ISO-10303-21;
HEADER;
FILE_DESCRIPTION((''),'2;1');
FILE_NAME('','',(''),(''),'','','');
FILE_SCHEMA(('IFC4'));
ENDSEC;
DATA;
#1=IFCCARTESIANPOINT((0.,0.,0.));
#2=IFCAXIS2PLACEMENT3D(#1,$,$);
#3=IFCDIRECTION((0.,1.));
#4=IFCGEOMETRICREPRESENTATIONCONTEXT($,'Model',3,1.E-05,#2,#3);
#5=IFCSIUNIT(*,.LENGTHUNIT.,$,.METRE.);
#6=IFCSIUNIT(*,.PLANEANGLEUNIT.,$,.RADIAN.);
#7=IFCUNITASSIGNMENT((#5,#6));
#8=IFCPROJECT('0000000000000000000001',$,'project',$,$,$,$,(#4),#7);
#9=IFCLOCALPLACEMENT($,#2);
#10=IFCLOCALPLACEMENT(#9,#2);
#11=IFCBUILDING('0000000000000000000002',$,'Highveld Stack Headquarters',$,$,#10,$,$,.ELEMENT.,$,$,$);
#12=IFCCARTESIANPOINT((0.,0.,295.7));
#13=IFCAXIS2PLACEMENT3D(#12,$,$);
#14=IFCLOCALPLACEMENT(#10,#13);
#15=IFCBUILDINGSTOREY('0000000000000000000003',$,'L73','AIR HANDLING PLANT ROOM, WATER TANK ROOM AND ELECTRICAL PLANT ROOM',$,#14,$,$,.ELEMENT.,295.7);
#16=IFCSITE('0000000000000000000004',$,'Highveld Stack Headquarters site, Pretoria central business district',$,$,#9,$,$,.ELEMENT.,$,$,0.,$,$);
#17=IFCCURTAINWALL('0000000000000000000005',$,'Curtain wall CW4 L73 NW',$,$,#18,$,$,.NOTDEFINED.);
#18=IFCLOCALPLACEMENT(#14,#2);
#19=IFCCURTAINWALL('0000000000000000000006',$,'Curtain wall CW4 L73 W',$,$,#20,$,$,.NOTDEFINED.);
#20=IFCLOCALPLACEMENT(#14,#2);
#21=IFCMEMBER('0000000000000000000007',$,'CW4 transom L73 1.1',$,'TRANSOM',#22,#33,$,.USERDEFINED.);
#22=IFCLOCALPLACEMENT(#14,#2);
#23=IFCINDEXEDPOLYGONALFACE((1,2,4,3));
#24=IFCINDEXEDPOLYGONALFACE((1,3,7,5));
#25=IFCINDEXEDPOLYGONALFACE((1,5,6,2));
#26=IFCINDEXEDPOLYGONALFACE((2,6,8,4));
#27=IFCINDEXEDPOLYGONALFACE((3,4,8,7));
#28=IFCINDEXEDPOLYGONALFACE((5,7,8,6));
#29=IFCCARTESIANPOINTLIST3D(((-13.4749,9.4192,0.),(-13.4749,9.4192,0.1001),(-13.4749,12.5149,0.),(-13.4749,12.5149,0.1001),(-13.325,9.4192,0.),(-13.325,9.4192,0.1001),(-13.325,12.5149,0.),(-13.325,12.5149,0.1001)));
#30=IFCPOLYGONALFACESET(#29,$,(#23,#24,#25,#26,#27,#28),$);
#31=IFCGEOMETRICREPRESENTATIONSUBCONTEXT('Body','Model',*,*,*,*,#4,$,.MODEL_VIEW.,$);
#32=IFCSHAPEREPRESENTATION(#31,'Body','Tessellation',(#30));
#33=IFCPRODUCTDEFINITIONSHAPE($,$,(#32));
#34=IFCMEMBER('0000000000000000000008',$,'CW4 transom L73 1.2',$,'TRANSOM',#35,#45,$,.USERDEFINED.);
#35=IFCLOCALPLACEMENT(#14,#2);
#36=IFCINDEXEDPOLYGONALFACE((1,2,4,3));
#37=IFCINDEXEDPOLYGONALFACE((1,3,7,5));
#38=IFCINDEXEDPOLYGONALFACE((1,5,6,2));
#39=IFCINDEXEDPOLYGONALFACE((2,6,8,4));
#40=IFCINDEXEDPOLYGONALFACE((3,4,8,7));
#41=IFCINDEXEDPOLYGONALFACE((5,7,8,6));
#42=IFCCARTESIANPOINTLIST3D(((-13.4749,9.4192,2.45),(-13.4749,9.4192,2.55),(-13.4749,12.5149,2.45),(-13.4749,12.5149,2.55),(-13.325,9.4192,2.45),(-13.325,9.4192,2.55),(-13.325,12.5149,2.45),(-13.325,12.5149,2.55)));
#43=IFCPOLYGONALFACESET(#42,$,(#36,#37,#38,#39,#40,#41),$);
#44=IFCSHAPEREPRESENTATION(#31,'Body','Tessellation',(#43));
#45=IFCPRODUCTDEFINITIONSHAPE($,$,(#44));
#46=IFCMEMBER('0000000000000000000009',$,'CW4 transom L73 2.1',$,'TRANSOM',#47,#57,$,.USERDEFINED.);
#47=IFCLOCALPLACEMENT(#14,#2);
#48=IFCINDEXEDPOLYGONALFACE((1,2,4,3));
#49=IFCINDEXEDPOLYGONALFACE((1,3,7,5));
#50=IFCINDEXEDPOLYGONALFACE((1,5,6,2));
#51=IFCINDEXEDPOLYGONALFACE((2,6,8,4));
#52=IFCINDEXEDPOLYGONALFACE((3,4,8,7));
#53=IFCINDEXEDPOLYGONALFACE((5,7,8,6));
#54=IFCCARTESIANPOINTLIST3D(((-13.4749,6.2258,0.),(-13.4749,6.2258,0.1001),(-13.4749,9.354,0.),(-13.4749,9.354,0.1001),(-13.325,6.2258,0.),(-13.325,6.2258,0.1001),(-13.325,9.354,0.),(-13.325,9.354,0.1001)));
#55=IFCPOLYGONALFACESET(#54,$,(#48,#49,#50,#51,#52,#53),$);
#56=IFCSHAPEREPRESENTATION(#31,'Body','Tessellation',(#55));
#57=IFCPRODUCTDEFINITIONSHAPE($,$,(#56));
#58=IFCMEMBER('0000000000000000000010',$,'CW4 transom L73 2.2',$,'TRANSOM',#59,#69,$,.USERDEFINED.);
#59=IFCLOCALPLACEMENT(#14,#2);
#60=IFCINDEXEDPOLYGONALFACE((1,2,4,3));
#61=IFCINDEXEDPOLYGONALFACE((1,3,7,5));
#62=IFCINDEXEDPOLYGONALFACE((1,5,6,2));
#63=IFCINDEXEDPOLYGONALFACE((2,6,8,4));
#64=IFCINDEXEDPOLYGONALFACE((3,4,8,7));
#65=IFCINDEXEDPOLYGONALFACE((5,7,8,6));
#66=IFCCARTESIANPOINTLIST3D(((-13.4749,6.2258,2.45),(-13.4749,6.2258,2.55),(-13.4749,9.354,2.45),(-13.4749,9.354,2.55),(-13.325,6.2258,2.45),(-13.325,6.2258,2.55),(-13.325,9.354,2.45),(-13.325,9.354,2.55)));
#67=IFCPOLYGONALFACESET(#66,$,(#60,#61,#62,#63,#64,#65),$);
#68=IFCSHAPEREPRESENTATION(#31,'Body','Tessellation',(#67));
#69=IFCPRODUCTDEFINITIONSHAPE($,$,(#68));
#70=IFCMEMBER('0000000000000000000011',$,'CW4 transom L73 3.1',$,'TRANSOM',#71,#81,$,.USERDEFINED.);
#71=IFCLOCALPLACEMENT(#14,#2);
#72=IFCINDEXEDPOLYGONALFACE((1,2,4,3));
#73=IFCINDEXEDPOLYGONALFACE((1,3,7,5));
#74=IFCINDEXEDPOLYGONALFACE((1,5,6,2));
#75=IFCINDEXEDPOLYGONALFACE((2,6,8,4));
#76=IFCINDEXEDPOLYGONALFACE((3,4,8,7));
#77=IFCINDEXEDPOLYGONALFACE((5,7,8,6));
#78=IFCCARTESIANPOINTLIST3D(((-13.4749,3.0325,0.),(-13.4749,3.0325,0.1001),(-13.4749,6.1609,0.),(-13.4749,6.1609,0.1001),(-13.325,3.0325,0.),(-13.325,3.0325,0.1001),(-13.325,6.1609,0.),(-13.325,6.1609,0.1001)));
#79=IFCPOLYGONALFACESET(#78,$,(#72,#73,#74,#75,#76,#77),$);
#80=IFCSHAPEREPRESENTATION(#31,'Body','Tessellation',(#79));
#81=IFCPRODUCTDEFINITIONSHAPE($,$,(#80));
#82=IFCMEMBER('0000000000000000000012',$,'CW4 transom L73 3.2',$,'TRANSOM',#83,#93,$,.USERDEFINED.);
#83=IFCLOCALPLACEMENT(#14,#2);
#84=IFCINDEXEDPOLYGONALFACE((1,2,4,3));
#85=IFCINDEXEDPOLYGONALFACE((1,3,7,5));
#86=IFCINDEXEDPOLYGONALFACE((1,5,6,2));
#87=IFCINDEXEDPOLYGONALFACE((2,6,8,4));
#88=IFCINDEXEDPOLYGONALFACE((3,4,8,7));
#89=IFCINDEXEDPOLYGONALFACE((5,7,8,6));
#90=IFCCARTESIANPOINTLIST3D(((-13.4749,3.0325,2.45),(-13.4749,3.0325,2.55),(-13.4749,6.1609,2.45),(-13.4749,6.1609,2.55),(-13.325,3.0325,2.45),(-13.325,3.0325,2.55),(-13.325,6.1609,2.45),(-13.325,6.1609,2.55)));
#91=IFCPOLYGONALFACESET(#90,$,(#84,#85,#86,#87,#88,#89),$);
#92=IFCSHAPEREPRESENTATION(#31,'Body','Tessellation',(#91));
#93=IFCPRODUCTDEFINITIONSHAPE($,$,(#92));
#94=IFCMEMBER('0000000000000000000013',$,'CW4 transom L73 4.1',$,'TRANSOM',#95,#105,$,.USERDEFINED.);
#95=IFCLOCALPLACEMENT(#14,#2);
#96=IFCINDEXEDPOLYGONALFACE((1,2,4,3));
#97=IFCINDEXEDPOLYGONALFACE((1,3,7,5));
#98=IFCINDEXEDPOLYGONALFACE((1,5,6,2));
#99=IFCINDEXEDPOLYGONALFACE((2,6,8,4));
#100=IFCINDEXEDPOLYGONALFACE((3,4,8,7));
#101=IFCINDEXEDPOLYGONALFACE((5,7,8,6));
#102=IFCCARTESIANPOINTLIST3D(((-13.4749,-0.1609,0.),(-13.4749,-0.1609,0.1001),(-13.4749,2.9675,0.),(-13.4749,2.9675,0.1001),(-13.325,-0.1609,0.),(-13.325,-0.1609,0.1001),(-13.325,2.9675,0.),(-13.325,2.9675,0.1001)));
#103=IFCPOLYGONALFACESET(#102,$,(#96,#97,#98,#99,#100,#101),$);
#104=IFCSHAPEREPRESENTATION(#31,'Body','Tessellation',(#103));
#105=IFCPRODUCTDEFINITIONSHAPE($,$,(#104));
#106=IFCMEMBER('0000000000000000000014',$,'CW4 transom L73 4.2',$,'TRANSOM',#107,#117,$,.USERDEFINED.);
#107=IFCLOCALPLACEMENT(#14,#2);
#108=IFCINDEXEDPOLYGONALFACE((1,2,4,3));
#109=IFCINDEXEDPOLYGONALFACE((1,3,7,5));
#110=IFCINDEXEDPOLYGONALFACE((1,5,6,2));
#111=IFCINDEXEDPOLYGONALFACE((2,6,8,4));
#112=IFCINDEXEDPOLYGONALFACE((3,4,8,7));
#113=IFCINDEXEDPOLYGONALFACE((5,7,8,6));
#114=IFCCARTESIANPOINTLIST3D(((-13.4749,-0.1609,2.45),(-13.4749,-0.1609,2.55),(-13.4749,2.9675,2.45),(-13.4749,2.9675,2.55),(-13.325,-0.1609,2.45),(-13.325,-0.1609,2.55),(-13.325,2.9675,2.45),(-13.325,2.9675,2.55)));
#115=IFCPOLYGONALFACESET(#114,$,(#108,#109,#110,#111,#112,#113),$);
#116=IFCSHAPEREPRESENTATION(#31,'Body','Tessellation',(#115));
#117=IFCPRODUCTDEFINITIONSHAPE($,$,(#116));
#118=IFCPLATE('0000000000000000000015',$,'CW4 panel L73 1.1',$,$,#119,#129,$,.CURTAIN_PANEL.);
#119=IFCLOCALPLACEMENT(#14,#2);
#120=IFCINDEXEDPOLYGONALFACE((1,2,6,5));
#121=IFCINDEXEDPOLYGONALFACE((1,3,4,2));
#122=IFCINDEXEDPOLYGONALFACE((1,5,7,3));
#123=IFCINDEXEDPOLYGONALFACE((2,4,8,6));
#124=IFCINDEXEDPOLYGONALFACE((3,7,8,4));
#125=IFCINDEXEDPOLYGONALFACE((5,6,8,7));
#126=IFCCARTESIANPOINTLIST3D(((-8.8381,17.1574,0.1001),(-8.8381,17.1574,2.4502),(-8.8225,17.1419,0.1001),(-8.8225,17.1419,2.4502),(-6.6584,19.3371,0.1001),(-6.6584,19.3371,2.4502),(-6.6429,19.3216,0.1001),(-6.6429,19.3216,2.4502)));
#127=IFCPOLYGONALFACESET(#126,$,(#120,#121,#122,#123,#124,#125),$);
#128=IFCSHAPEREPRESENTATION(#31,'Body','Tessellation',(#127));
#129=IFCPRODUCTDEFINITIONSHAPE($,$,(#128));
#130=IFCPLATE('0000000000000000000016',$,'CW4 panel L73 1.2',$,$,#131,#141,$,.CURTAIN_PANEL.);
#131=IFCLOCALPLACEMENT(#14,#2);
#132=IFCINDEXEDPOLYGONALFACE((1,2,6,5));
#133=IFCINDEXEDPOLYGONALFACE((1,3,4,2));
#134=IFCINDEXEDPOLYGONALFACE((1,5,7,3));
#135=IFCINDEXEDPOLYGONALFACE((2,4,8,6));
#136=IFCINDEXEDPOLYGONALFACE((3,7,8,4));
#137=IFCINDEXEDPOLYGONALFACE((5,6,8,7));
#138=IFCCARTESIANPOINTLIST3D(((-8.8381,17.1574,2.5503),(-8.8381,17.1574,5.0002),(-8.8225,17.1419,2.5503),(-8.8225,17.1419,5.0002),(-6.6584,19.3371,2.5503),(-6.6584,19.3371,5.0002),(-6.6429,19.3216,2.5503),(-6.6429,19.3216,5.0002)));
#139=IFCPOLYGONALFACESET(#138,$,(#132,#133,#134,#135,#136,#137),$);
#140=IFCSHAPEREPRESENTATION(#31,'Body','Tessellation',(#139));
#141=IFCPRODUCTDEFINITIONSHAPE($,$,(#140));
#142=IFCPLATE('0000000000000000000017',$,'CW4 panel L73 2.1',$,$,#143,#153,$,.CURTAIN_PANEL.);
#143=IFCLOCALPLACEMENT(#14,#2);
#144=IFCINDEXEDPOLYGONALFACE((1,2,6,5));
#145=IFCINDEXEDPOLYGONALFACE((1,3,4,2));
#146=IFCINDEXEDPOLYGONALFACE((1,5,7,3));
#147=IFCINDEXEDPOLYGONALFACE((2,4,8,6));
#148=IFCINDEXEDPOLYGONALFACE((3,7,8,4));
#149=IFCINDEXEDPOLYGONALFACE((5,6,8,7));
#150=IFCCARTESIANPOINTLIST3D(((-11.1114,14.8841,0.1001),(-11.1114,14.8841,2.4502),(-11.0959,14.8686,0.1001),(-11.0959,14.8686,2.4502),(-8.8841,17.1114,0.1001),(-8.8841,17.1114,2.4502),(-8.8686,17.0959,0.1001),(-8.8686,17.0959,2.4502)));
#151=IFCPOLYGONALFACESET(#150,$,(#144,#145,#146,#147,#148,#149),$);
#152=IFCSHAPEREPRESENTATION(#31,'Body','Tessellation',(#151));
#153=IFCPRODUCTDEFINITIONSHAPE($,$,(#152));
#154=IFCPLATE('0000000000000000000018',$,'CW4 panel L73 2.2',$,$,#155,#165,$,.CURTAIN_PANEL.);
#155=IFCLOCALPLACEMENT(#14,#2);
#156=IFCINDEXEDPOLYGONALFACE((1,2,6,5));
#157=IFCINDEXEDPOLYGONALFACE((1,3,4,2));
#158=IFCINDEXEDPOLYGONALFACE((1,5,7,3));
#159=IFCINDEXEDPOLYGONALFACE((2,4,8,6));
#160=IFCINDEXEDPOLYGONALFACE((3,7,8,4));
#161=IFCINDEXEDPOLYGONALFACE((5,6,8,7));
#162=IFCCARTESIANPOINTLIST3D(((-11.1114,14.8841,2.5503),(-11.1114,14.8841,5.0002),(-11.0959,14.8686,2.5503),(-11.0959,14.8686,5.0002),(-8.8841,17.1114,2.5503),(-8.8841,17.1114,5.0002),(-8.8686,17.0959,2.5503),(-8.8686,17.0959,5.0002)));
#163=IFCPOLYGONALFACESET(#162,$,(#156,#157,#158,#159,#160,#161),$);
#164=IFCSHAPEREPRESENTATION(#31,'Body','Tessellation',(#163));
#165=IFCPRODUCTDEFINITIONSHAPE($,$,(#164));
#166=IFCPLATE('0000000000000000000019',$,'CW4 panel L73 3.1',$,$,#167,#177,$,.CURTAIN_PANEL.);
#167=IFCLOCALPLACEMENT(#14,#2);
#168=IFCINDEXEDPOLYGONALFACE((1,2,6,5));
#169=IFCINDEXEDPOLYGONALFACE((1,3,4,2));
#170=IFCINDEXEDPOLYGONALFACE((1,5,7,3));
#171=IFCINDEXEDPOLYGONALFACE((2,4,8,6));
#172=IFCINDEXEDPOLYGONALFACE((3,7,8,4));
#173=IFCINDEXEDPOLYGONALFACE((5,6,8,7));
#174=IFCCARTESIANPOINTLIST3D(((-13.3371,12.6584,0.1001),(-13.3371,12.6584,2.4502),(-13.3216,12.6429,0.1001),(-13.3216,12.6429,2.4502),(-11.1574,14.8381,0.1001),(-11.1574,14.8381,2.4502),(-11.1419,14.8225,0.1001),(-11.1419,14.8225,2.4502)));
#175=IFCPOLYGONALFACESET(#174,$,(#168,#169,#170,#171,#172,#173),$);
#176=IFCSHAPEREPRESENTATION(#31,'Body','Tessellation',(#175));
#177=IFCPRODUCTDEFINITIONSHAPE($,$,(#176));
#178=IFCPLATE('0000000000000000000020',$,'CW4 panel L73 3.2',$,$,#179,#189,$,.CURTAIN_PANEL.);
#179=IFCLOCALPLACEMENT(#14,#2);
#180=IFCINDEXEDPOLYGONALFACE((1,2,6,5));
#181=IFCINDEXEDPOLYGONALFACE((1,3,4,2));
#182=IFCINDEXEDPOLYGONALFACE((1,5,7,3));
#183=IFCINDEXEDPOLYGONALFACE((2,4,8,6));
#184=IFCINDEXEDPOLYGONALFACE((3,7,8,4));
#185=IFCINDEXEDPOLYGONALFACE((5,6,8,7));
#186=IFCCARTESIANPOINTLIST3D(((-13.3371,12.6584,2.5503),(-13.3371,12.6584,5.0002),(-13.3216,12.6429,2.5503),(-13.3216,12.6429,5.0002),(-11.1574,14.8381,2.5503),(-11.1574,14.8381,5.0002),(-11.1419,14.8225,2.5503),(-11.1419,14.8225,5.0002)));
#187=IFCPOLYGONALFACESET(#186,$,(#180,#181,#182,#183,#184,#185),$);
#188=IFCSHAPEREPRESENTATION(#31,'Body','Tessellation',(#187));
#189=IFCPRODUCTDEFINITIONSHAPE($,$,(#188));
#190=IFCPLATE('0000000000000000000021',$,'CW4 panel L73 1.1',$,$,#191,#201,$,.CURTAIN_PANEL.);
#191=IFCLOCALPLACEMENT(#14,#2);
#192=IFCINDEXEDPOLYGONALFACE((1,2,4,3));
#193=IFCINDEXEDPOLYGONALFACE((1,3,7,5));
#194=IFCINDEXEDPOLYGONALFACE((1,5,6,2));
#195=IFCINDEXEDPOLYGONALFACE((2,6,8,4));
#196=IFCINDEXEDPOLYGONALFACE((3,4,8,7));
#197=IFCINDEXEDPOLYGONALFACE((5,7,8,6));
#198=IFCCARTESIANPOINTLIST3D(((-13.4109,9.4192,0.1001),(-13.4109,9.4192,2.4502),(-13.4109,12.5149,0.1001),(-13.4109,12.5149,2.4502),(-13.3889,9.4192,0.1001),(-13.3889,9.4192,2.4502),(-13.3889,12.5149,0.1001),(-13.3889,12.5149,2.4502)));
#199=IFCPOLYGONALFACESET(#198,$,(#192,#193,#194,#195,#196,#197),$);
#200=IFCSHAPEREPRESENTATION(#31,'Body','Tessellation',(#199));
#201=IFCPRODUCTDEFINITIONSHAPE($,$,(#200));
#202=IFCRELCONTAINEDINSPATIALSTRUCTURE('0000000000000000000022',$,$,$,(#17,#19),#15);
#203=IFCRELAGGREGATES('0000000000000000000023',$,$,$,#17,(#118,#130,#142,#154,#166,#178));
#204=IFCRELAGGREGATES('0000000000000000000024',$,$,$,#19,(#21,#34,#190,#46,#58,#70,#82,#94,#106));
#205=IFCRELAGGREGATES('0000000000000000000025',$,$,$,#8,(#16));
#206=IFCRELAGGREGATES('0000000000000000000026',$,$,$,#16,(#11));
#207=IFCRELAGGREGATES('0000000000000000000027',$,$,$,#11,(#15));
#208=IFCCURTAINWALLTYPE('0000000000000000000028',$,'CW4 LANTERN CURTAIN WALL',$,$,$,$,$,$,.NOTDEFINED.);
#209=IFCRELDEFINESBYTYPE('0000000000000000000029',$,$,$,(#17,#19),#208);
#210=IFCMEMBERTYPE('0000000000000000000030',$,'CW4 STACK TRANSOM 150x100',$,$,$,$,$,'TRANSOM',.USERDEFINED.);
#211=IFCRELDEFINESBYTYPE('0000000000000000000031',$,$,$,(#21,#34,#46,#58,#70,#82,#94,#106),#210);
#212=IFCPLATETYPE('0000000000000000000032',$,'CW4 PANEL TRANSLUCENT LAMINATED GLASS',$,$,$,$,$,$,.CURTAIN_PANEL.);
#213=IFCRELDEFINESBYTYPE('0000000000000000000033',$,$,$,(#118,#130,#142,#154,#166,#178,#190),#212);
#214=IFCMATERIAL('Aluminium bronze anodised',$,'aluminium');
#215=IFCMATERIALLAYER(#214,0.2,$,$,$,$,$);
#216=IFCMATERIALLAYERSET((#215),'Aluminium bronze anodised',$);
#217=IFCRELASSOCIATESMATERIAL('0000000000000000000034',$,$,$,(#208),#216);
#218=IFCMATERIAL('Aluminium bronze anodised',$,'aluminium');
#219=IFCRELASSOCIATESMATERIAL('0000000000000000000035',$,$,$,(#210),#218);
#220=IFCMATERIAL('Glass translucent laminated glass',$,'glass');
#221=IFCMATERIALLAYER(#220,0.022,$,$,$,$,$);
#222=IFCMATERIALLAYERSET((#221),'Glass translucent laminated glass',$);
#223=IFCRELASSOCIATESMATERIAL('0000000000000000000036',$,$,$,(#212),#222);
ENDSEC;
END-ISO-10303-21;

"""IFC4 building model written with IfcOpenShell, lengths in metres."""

from ifc_helpers import new_model, si_unit, direction, frame, origin, origin_2d, place, context, subcontext, project, spatial, rectangle, extrude, material, layer, layer_set, material_profile, profile_set, type_object, element, aggregate, save


model = new_model("IFC4")

# Units and contexts
model_context = context("Model", 3, precision=1e-05, world=origin(), true_north=direction((0.0, 1.0)))
body_context = subcontext(model_context, "Body", "Model", "MODEL_VIEW")
ifc_project = project(units=[si_unit("LENGTHUNIT", "METRE"), si_unit("PLANEANGLEUNIT", "RADIAN")], contexts=[model_context])

# Site, building, storey
site_placement = place(None, origin())
site = spatial("IfcSite", under=ifc_project, at=site_placement, Name="Highveld Stack Headquarters site, Pretoria central business district", CompositionType="ELEMENT", RefElevation=0.0)
building_placement = place(site_placement, origin())
building = spatial("IfcBuilding", under=site, at=building_placement, Name="Highveld Stack Headquarters", CompositionType="ELEMENT")
storey_placement = place(building_placement, frame((0.0, 0.0, 295.7)))
storey = spatial("IfcBuildingStorey", under=building, at=storey_placement, Name="L73", Description="AIR HANDLING PLANT ROOM, WATER TANK ROOM AND ELECTRICAL PLANT ROOM", CompositionType="ELEMENT", Elevation=295.7)

# Curtain walls
ifc_material_1 = material(Name="Aluminium bronze anodised", Category="aluminium")
ifc_layer_1 = layer(ifc_material_1, 0.2)
ifc_layer_set_1 = layer_set([ifc_layer_1], Name="Aluminium bronze anodised")
curtain_wall_type = type_object("IfcCurtainWallType", Name="CW4 LANTERN CURTAIN WALL", PredefinedType="NOTDEFINED", material=ifc_layer_set_1)
curtain_wall_1_placement = place(storey_placement, origin())
curtain_wall_1 = element("IfcCurtainWall", 1, at=curtain_wall_1_placement, inside=storey, type_object=curtain_wall_type, Name="Curtain wall CW4 L73 NW", PredefinedType="NOTDEFINED")
curtain_wall_2_placement = place(storey_placement, origin())
curtain_wall_2 = element("IfcCurtainWall", 2, at=curtain_wall_2_placement, inside=storey, type_object=curtain_wall_type, Name="Curtain wall CW4 L73 W", PredefinedType="NOTDEFINED")

# Members
ifc_material_2 = material(Name="Aluminium bronze anodised", Category="aluminium")
ifc_material_profile_1 = material_profile(ifc_material_2, rectangle(XDim=0.1499, YDim=0.1001, at=origin_2d()), Name="CW4 TRANSOM 150x100")
ifc_profile_set_1 = profile_set([ifc_material_profile_1], Name="Aluminium bronze anodised")
member_type_1 = type_object("IfcMemberType", Name="CW4 STACK TRANSOM 150x100", ElementType="TRANSOM", PredefinedType="USERDEFINED", material=ifc_profile_set_1)
member_1_placement = place(storey_placement, frame((-13.3999, 12.5149, 0.05), z_axis=(0.0, -1.0, 0.0), x_axis=(1.0, 0.0, 0.0)))
member_1 = element("IfcMember", 3, at=member_1_placement, type_object=member_type_1, Name="CW4 transom L73 1.1", ObjectType="TRANSOM", PredefinedType="USERDEFINED", context=body_context, shape_type="SweptSolid", body=[
    extrude(rectangle(XDim=0.1499, YDim=0.1001, at=origin_2d()), origin(), (0.0, 0.0, 1.0), 3.0957),
])
member_2_placement = place(storey_placement, frame((-13.3999, 12.5149, 2.5), z_axis=(0.0, -1.0, 0.0), x_axis=(1.0, 0.0, 0.0)))
member_2 = element("IfcMember", 4, at=member_2_placement, type_object=member_type_1, Name="CW4 transom L73 1.2", ObjectType="TRANSOM", PredefinedType="USERDEFINED", context=body_context, shape_type="SweptSolid", body=[
    extrude(rectangle(XDim=0.1499, YDim=0.1001, at=origin_2d()), origin(), (0.0, 0.0, 1.0), 3.0957),
])
member_3_placement = place(storey_placement, frame((-13.3999, 9.354, 0.05), z_axis=(0.0, -1.0, 0.0), x_axis=(1.0, 0.0, 0.0)))
member_3 = element("IfcMember", 5, at=member_3_placement, type_object=member_type_1, Name="CW4 transom L73 2.1", ObjectType="TRANSOM", PredefinedType="USERDEFINED", context=body_context, shape_type="SweptSolid", body=[
    extrude(rectangle(XDim=0.1499, YDim=0.1001, at=origin_2d()), origin(), (0.0, 0.0, 1.0), 3.1282),
])
member_4_placement = place(storey_placement, frame((-13.3999, 9.354, 2.5), z_axis=(0.0, -1.0, 0.0), x_axis=(1.0, 0.0, 0.0)))
member_4 = element("IfcMember", 6, at=member_4_placement, type_object=member_type_1, Name="CW4 transom L73 2.2", ObjectType="TRANSOM", PredefinedType="USERDEFINED", context=body_context, shape_type="SweptSolid", body=[
    extrude(rectangle(XDim=0.1499, YDim=0.1001, at=origin_2d()), origin(), (0.0, 0.0, 1.0), 3.1282),
])
member_5_placement = place(storey_placement, frame((-13.3999, 6.1609, 0.05), z_axis=(0.0, -1.0, 0.0), x_axis=(1.0, 0.0, 0.0)))
member_5 = element("IfcMember", 7, at=member_5_placement, type_object=member_type_1, Name="CW4 transom L73 3.1", ObjectType="TRANSOM", PredefinedType="USERDEFINED", context=body_context, shape_type="SweptSolid", body=[
    extrude(rectangle(XDim=0.1499, YDim=0.1001, at=origin_2d()), origin(), (0.0, 0.0, 1.0), 3.1284),
])
member_6_placement = place(storey_placement, frame((-13.3999, 6.1609, 2.5), z_axis=(0.0, -1.0, 0.0), x_axis=(1.0, 0.0, 0.0)))
member_6 = element("IfcMember", 8, at=member_6_placement, type_object=member_type_1, Name="CW4 transom L73 3.2", ObjectType="TRANSOM", PredefinedType="USERDEFINED", context=body_context, shape_type="SweptSolid", body=[
    extrude(rectangle(XDim=0.1499, YDim=0.1001, at=origin_2d()), origin(), (0.0, 0.0, 1.0), 3.1284),
])
member_7_placement = place(storey_placement, frame((-13.3999, 2.9675, 0.05), z_axis=(0.0, -1.0, 0.0), x_axis=(1.0, 0.0, 0.0)))
member_7 = element("IfcMember", 9, at=member_7_placement, type_object=member_type_1, Name="CW4 transom L73 4.1", ObjectType="TRANSOM", PredefinedType="USERDEFINED", context=body_context, shape_type="SweptSolid", body=[
    extrude(rectangle(XDim=0.1499, YDim=0.1001, at=origin_2d()), origin(), (0.0, 0.0, 1.0), 3.1284),
])
member_8_placement = place(storey_placement, frame((-13.3999, 2.9675, 2.5), z_axis=(0.0, -1.0, 0.0), x_axis=(1.0, 0.0, 0.0)))
member_8 = element("IfcMember", 10, at=member_8_placement, type_object=member_type_1, Name="CW4 transom L73 4.2", ObjectType="TRANSOM", PredefinedType="USERDEFINED", context=body_context, shape_type="SweptSolid", body=[
    extrude(rectangle(XDim=0.1499, YDim=0.1001, at=origin_2d()), origin(), (0.0, 0.0, 1.0), 3.1284),
])

# Plates
ifc_material_3 = material(Name="Glass translucent laminated glass", Category="glass")
ifc_layer_2 = layer(ifc_material_3, 0.022)
ifc_layer_set_2 = layer_set([ifc_layer_2], Name="Glass translucent laminated glass")
plate_type = type_object("IfcPlateType", Name="CW4 PANEL TRANSLUCENT LAMINATED GLASS", PredefinedType="CURTAIN_PANEL", material=ifc_layer_set_2)
plate_1_placement = place(storey_placement, frame((-7.7405, 18.2395, 0.1001), z_axis=(0.0, 0.0, 1.0), x_axis=(-0.707107, -0.707107, 0.0)))
plate_1 = element("IfcPlate", 11, at=plate_1_placement, type_object=plate_type, Name="CW4 panel L73 1.1", PredefinedType="CURTAIN_PANEL", context=body_context, shape_type="SweptSolid", body=[
    extrude(rectangle(XDim=3.0825, YDim=0.022, at=origin_2d()), origin(), (0.0, 0.0, 1.0), 2.3501),
])
plate_2_placement = place(storey_placement, frame((-7.7405, 18.2395, 2.5503), z_axis=(0.0, 0.0, 1.0), x_axis=(-0.707107, -0.707107, 0.0)))
plate_2 = element("IfcPlate", 12, at=plate_2_placement, type_object=plate_type, Name="CW4 panel L73 1.2", PredefinedType="CURTAIN_PANEL", context=body_context, shape_type="SweptSolid", body=[
    extrude(rectangle(XDim=3.0825, YDim=0.022, at=origin_2d()), origin(), (0.0, 0.0, 1.0), 2.45),
])
plate_3_placement = place(storey_placement, frame((-9.99, 15.99, 0.1001), z_axis=(0.0, 0.0, 1.0), x_axis=(-0.707107, -0.707107, 0.0)))
plate_3 = element("IfcPlate", 13, at=plate_3_placement, type_object=plate_type, Name="CW4 panel L73 2.1", PredefinedType="CURTAIN_PANEL", context=body_context, shape_type="SweptSolid", body=[
    extrude(rectangle(XDim=3.1499, YDim=0.022, at=origin_2d()), origin(), (0.0, 0.0, 1.0), 2.3501),
])
plate_4_placement = place(storey_placement, frame((-9.99, 15.99, 2.5503), z_axis=(0.0, 0.0, 1.0), x_axis=(-0.707107, -0.707107, 0.0)))
plate_4 = element("IfcPlate", 14, at=plate_4_placement, type_object=plate_type, Name="CW4 panel L73 2.2", PredefinedType="CURTAIN_PANEL", context=body_context, shape_type="SweptSolid", body=[
    extrude(rectangle(XDim=3.1499, YDim=0.022, at=origin_2d()), origin(), (0.0, 0.0, 1.0), 2.45),
])
plate_5_placement = place(storey_placement, frame((-12.2395, 13.7405, 0.1001), z_axis=(0.0, 0.0, 1.0), x_axis=(-0.707107, -0.707107, 0.0)))
plate_5 = element("IfcPlate", 15, at=plate_5_placement, type_object=plate_type, Name="CW4 panel L73 3.1", PredefinedType="CURTAIN_PANEL", context=body_context, shape_type="SweptSolid", body=[
    extrude(rectangle(XDim=3.0825, YDim=0.022, at=origin_2d()), origin(), (0.0, 0.0, 1.0), 2.3501),
])
plate_6_placement = place(storey_placement, frame((-12.2395, 13.7405, 2.5503), z_axis=(0.0, 0.0, 1.0), x_axis=(-0.707107, -0.707107, 0.0)))
plate_6 = element("IfcPlate", 16, at=plate_6_placement, type_object=plate_type, Name="CW4 panel L73 3.2", PredefinedType="CURTAIN_PANEL", context=body_context, shape_type="SweptSolid", body=[
    extrude(rectangle(XDim=3.0825, YDim=0.022, at=origin_2d()), origin(), (0.0, 0.0, 1.0), 2.45),
])
aggregate(curtain_wall_1, [plate_1, plate_2, plate_3, plate_4, plate_5, plate_6])
plate_7_placement = place(storey_placement, frame((-13.3999, 10.967, 0.1001), z_axis=(0.0, 0.0, 1.0), x_axis=(0.0, -1.0, 0.0)))
plate_7 = element("IfcPlate", 17, at=plate_7_placement, type_object=plate_type, Name="CW4 panel L73 1.1", PredefinedType="CURTAIN_PANEL", context=body_context, shape_type="SweptSolid", body=[
    extrude(rectangle(XDim=3.0957, YDim=0.022, at=origin_2d()), origin(), (0.0, 0.0, 1.0), 2.3501),
])
aggregate(curtain_wall_2, [member_1, member_2, plate_7, member_3, member_4, member_5, member_6, member_7, member_8])

save(model, "model.ifc")
